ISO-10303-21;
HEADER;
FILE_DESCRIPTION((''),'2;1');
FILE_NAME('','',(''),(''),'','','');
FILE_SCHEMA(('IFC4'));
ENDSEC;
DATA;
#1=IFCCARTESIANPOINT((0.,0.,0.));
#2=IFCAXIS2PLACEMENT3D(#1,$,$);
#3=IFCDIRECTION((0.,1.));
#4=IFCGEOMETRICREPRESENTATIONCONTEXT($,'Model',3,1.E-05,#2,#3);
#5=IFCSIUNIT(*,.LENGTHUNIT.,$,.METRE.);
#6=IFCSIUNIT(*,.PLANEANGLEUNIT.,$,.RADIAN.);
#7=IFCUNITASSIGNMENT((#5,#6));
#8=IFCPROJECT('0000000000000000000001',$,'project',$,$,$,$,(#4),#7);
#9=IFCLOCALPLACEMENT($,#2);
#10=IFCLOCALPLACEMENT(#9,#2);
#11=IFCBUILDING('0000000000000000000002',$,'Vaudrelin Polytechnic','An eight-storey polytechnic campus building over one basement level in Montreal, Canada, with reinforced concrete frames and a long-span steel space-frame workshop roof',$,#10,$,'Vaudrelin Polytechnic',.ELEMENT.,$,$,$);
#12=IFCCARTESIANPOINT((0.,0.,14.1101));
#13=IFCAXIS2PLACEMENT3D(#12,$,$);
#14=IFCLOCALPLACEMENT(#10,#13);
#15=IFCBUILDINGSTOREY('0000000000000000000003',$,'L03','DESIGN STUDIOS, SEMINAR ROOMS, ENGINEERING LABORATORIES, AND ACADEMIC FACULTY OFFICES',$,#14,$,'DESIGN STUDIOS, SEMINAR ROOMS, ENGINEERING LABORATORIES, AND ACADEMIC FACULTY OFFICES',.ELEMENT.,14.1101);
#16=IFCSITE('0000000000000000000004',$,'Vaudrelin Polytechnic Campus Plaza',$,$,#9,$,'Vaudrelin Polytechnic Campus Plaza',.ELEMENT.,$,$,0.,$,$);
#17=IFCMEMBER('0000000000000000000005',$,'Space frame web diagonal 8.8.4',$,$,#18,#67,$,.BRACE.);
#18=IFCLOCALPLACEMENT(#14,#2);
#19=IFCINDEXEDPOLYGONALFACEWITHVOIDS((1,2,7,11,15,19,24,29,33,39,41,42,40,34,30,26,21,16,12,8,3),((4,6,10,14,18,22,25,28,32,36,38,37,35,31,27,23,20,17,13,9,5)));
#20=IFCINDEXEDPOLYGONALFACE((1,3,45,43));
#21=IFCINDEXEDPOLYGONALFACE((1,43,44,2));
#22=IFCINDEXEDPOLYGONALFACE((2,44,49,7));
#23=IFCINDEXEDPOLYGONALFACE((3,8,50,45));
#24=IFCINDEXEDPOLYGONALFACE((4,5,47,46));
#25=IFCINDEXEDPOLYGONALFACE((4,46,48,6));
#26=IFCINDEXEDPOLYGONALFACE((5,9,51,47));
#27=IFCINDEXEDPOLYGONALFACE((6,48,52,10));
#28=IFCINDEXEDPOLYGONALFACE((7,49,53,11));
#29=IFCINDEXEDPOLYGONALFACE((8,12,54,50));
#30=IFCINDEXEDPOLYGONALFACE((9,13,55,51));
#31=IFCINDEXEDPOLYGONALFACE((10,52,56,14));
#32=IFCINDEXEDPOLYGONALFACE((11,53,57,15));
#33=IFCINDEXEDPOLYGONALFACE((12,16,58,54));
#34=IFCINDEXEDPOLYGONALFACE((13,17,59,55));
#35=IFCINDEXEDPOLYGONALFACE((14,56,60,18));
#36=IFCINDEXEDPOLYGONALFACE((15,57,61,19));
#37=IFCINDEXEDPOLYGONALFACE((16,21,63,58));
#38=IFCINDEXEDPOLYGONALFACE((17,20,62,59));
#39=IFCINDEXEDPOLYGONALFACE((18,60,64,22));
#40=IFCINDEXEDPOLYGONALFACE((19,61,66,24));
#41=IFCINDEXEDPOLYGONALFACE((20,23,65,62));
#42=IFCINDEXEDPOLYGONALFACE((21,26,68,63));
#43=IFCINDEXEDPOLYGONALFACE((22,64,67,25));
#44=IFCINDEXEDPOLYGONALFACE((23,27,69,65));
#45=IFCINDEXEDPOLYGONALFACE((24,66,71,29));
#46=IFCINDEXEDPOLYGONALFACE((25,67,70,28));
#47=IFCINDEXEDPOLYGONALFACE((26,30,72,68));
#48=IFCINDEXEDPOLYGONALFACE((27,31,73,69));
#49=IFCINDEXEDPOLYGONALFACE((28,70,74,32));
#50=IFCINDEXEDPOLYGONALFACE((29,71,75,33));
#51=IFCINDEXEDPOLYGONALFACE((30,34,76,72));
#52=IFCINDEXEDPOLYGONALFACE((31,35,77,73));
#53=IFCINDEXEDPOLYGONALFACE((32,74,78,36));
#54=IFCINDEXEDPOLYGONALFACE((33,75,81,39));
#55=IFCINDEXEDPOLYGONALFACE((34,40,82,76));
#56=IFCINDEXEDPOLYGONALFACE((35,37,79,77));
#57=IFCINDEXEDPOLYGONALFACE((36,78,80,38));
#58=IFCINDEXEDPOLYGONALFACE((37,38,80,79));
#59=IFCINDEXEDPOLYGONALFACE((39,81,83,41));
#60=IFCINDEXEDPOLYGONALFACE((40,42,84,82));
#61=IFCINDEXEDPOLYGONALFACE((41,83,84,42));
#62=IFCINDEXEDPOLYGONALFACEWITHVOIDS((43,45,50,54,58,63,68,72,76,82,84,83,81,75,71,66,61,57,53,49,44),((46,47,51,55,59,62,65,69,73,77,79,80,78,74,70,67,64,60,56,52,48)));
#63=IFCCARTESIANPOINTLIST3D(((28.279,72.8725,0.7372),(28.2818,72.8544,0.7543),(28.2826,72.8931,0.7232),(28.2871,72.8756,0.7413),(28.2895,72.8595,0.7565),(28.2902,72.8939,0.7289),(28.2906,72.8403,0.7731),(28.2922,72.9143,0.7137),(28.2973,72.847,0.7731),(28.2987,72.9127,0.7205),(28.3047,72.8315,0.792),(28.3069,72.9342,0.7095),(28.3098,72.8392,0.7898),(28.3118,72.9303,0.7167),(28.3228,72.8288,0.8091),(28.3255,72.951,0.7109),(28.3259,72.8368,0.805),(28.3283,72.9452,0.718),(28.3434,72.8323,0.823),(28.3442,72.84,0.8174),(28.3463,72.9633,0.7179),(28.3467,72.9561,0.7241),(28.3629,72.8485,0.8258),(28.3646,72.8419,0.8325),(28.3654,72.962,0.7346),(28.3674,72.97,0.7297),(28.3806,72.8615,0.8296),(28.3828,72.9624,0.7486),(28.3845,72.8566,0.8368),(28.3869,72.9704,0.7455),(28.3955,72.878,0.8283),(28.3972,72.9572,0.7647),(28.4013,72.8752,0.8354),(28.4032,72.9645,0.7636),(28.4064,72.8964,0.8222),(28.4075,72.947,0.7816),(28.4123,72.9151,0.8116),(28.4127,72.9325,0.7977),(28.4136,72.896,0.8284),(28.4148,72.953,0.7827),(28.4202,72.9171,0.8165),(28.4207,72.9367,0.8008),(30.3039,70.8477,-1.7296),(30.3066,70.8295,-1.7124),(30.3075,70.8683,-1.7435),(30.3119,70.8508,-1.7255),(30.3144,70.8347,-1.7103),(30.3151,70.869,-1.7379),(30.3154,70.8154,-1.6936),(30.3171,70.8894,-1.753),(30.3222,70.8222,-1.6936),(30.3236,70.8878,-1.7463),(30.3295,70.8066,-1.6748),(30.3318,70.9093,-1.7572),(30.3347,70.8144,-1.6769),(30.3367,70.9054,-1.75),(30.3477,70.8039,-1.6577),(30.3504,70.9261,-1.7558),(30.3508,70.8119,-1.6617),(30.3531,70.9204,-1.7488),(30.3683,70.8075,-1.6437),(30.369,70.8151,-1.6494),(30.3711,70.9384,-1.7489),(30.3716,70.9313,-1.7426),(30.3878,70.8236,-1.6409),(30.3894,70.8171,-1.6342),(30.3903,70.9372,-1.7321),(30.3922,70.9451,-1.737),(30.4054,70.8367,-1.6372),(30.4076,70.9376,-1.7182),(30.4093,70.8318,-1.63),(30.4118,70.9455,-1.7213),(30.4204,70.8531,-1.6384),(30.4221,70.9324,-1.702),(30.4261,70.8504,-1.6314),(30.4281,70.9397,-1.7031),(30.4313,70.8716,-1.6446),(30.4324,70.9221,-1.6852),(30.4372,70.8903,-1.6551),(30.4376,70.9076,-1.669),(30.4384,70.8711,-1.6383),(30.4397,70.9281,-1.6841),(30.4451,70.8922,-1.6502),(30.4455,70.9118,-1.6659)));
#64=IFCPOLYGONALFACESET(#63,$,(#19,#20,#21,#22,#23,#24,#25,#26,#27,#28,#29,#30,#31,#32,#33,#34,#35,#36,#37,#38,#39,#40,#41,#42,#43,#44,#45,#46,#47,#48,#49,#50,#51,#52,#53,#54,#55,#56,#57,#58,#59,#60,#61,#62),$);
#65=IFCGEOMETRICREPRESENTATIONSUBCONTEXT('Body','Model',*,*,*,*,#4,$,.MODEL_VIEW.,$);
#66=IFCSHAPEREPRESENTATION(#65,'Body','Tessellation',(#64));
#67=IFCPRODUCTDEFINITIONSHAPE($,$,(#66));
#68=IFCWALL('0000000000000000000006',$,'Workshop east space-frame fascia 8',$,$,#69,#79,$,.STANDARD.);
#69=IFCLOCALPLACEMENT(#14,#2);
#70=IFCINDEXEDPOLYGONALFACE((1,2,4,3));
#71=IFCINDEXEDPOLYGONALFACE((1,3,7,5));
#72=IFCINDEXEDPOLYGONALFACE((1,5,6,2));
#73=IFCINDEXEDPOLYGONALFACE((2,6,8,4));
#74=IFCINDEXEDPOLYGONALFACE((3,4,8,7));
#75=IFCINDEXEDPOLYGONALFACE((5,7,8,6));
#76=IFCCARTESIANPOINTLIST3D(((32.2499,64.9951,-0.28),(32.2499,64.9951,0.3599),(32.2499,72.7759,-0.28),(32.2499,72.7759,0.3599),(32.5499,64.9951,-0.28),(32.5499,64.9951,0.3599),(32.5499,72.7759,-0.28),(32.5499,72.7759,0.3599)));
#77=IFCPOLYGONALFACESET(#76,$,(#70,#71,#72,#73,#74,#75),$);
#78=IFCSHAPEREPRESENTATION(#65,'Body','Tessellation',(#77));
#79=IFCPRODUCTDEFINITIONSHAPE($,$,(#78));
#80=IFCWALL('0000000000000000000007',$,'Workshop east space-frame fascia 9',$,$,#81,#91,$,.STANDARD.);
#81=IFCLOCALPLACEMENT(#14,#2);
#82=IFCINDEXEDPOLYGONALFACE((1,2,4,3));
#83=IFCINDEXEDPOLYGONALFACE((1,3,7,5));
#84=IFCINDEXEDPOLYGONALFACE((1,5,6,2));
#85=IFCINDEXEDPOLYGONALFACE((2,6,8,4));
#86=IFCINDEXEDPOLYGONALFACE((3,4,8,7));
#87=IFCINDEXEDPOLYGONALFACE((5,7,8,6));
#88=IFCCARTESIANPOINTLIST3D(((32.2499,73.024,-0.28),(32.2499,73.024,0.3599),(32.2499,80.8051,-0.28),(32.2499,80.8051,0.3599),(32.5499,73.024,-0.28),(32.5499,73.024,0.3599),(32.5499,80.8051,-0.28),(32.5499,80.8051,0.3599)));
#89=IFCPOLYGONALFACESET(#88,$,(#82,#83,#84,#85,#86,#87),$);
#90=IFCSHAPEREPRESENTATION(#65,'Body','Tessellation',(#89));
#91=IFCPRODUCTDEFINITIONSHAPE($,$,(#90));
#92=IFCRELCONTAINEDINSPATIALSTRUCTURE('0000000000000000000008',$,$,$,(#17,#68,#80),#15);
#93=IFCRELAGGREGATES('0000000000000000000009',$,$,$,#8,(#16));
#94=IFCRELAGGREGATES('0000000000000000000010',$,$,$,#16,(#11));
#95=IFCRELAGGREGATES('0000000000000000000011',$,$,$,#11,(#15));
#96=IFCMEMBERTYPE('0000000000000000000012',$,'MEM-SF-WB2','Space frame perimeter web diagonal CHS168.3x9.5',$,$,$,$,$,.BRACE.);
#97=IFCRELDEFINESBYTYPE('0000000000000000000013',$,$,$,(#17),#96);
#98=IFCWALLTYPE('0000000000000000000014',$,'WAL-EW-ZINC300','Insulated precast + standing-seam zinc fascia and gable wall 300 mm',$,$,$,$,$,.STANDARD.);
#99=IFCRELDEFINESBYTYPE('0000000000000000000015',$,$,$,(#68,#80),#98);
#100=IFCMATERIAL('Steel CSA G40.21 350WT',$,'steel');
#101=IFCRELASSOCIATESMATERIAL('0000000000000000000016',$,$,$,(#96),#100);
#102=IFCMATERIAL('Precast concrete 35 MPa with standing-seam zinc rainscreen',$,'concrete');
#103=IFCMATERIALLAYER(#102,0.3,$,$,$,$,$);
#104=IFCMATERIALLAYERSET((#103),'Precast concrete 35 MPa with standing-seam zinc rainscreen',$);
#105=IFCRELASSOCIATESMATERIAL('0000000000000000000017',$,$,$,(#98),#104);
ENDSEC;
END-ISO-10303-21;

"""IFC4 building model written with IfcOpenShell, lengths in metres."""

from ifc_helpers import new_model, si_unit, direction, frame, frame_2d, origin, origin_2d, place, context, subcontext, project, spatial, rectangle, hollow_circle, extrude, material, layer, layer_set, material_profile, profile_set, type_object, element, save


model = new_model("IFC4")

# Units and contexts
model_context = context("Model", 3, precision=1e-05, world=origin(), true_north=direction((0.0, 1.0)))
body_context = subcontext(model_context, "Body", "Model", "MODEL_VIEW")
ifc_project = project(units=[si_unit("LENGTHUNIT", "METRE"), si_unit("PLANEANGLEUNIT", "RADIAN")], contexts=[model_context])

# Site, building, storey
site_placement = place(None, origin())
site = spatial("IfcSite", under=ifc_project, at=site_placement, Name="Vaudrelin Polytechnic Campus Plaza", LongName="Vaudrelin Polytechnic Campus Plaza", CompositionType="ELEMENT", RefElevation=0.0)
building_placement = place(site_placement, origin())
building = spatial("IfcBuilding", under=site, at=building_placement, Name="Vaudrelin Polytechnic", Description="An eight-storey polytechnic campus building over one basement level in Montreal, Canada, with reinforced concrete frames and a long-span steel space-frame workshop roof", LongName="Vaudrelin Polytechnic", CompositionType="ELEMENT")
storey_placement = place(building_placement, frame((0.0, 0.0, 14.1101)))
storey = spatial("IfcBuildingStorey", under=building, at=storey_placement, Name="L03", Description="DESIGN STUDIOS, SEMINAR ROOMS, ENGINEERING LABORATORIES, AND ACADEMIC FACULTY OFFICES", LongName="DESIGN STUDIOS, SEMINAR ROOMS, ENGINEERING LABORATORIES, AND ACADEMIC FACULTY OFFICES", CompositionType="ELEMENT", Elevation=14.1101)

# Member
ifc_material_1 = material(Name="Steel CSA G40.21 350WT", Category="steel")
ifc_material_profile_1 = material_profile(ifc_material_1, hollow_circle(Radius=0.0842, WallThickness=0.0095, at=origin_2d()), Name="CHS168.3x9.5")
ifc_profile_set_1 = profile_set([ifc_material_profile_1], Name="Steel CSA G40.21 350WT")
member_type_1 = type_object("IfcMemberType", Name="MEM-SF-WB2", Description="Space frame perimeter web diagonal CHS168.3x9.5", PredefinedType="BRACE", material=ifc_profile_set_1)
member_1_placement = place(storey_placement, frame((30.375, 70.875, -1.6936), z_axis=(-0.535742, 0.535742, 0.652657), x_axis=(-0.707107, -0.707107, 0.0)))
element("IfcMember", 1, at=member_1_placement, inside=storey, type_object=member_type_1, Name="Space frame web diagonal 8.8.4", PredefinedType="BRACE", context=body_context, shape_type="SweptSolid", body=[
    extrude(hollow_circle(Radius=0.0842, WallThickness=0.0095, at=origin_2d()), origin(), (0.0, 0.0, 1.0), 3.7795),
])

# Walls
ifc_material_2 = material(Name="Precast concrete 35 MPa with standing-seam zinc rainscreen", Category="concrete")
ifc_layer = layer(ifc_material_2, 0.3)
ifc_layer_set = layer_set([ifc_layer], Name="Precast concrete 35 MPa with standing-seam zinc rainscreen")
wall_type = type_object("IfcWallType", Name="WAL-EW-ZINC300", Description="Insulated precast + standing-seam zinc fascia and gable wall 300 mm", PredefinedType="STANDARD", material=ifc_layer_set)
wall_1_placement = place(storey_placement, frame((32.3999, 64.9951, -0.28), z_axis=(0.0, 0.0, 1.0), x_axis=(0.0, 1.0, 0.0)))
element("IfcWall", 2, at=wall_1_placement, inside=storey, type_object=wall_type, Name="Workshop east space-frame fascia 8", PredefinedType="STANDARD", context=body_context, shape_type="SweptSolid", body=[
    extrude(rectangle(XDim=7.7808, YDim=0.3, at=frame_2d((3.8904, 0.0))), origin(), (0.0, 0.0, 1.0), 0.6399),
])
wall_2_placement = place(storey_placement, frame((32.3999, 73.0239, -0.28), z_axis=(0.0, 0.0, 1.0), x_axis=(0.0, 1.0, 0.0)))
element("IfcWall", 3, at=wall_2_placement, inside=storey, type_object=wall_type, Name="Workshop east space-frame fascia 9", PredefinedType="STANDARD", context=body_context, shape_type="SweptSolid", body=[
    extrude(rectangle(XDim=7.781, YDim=0.3, at=frame_2d((3.8906, 0.0))), origin(), (0.0, 0.0, 1.0), 0.6399),
])

save(model, "model.ifc")
